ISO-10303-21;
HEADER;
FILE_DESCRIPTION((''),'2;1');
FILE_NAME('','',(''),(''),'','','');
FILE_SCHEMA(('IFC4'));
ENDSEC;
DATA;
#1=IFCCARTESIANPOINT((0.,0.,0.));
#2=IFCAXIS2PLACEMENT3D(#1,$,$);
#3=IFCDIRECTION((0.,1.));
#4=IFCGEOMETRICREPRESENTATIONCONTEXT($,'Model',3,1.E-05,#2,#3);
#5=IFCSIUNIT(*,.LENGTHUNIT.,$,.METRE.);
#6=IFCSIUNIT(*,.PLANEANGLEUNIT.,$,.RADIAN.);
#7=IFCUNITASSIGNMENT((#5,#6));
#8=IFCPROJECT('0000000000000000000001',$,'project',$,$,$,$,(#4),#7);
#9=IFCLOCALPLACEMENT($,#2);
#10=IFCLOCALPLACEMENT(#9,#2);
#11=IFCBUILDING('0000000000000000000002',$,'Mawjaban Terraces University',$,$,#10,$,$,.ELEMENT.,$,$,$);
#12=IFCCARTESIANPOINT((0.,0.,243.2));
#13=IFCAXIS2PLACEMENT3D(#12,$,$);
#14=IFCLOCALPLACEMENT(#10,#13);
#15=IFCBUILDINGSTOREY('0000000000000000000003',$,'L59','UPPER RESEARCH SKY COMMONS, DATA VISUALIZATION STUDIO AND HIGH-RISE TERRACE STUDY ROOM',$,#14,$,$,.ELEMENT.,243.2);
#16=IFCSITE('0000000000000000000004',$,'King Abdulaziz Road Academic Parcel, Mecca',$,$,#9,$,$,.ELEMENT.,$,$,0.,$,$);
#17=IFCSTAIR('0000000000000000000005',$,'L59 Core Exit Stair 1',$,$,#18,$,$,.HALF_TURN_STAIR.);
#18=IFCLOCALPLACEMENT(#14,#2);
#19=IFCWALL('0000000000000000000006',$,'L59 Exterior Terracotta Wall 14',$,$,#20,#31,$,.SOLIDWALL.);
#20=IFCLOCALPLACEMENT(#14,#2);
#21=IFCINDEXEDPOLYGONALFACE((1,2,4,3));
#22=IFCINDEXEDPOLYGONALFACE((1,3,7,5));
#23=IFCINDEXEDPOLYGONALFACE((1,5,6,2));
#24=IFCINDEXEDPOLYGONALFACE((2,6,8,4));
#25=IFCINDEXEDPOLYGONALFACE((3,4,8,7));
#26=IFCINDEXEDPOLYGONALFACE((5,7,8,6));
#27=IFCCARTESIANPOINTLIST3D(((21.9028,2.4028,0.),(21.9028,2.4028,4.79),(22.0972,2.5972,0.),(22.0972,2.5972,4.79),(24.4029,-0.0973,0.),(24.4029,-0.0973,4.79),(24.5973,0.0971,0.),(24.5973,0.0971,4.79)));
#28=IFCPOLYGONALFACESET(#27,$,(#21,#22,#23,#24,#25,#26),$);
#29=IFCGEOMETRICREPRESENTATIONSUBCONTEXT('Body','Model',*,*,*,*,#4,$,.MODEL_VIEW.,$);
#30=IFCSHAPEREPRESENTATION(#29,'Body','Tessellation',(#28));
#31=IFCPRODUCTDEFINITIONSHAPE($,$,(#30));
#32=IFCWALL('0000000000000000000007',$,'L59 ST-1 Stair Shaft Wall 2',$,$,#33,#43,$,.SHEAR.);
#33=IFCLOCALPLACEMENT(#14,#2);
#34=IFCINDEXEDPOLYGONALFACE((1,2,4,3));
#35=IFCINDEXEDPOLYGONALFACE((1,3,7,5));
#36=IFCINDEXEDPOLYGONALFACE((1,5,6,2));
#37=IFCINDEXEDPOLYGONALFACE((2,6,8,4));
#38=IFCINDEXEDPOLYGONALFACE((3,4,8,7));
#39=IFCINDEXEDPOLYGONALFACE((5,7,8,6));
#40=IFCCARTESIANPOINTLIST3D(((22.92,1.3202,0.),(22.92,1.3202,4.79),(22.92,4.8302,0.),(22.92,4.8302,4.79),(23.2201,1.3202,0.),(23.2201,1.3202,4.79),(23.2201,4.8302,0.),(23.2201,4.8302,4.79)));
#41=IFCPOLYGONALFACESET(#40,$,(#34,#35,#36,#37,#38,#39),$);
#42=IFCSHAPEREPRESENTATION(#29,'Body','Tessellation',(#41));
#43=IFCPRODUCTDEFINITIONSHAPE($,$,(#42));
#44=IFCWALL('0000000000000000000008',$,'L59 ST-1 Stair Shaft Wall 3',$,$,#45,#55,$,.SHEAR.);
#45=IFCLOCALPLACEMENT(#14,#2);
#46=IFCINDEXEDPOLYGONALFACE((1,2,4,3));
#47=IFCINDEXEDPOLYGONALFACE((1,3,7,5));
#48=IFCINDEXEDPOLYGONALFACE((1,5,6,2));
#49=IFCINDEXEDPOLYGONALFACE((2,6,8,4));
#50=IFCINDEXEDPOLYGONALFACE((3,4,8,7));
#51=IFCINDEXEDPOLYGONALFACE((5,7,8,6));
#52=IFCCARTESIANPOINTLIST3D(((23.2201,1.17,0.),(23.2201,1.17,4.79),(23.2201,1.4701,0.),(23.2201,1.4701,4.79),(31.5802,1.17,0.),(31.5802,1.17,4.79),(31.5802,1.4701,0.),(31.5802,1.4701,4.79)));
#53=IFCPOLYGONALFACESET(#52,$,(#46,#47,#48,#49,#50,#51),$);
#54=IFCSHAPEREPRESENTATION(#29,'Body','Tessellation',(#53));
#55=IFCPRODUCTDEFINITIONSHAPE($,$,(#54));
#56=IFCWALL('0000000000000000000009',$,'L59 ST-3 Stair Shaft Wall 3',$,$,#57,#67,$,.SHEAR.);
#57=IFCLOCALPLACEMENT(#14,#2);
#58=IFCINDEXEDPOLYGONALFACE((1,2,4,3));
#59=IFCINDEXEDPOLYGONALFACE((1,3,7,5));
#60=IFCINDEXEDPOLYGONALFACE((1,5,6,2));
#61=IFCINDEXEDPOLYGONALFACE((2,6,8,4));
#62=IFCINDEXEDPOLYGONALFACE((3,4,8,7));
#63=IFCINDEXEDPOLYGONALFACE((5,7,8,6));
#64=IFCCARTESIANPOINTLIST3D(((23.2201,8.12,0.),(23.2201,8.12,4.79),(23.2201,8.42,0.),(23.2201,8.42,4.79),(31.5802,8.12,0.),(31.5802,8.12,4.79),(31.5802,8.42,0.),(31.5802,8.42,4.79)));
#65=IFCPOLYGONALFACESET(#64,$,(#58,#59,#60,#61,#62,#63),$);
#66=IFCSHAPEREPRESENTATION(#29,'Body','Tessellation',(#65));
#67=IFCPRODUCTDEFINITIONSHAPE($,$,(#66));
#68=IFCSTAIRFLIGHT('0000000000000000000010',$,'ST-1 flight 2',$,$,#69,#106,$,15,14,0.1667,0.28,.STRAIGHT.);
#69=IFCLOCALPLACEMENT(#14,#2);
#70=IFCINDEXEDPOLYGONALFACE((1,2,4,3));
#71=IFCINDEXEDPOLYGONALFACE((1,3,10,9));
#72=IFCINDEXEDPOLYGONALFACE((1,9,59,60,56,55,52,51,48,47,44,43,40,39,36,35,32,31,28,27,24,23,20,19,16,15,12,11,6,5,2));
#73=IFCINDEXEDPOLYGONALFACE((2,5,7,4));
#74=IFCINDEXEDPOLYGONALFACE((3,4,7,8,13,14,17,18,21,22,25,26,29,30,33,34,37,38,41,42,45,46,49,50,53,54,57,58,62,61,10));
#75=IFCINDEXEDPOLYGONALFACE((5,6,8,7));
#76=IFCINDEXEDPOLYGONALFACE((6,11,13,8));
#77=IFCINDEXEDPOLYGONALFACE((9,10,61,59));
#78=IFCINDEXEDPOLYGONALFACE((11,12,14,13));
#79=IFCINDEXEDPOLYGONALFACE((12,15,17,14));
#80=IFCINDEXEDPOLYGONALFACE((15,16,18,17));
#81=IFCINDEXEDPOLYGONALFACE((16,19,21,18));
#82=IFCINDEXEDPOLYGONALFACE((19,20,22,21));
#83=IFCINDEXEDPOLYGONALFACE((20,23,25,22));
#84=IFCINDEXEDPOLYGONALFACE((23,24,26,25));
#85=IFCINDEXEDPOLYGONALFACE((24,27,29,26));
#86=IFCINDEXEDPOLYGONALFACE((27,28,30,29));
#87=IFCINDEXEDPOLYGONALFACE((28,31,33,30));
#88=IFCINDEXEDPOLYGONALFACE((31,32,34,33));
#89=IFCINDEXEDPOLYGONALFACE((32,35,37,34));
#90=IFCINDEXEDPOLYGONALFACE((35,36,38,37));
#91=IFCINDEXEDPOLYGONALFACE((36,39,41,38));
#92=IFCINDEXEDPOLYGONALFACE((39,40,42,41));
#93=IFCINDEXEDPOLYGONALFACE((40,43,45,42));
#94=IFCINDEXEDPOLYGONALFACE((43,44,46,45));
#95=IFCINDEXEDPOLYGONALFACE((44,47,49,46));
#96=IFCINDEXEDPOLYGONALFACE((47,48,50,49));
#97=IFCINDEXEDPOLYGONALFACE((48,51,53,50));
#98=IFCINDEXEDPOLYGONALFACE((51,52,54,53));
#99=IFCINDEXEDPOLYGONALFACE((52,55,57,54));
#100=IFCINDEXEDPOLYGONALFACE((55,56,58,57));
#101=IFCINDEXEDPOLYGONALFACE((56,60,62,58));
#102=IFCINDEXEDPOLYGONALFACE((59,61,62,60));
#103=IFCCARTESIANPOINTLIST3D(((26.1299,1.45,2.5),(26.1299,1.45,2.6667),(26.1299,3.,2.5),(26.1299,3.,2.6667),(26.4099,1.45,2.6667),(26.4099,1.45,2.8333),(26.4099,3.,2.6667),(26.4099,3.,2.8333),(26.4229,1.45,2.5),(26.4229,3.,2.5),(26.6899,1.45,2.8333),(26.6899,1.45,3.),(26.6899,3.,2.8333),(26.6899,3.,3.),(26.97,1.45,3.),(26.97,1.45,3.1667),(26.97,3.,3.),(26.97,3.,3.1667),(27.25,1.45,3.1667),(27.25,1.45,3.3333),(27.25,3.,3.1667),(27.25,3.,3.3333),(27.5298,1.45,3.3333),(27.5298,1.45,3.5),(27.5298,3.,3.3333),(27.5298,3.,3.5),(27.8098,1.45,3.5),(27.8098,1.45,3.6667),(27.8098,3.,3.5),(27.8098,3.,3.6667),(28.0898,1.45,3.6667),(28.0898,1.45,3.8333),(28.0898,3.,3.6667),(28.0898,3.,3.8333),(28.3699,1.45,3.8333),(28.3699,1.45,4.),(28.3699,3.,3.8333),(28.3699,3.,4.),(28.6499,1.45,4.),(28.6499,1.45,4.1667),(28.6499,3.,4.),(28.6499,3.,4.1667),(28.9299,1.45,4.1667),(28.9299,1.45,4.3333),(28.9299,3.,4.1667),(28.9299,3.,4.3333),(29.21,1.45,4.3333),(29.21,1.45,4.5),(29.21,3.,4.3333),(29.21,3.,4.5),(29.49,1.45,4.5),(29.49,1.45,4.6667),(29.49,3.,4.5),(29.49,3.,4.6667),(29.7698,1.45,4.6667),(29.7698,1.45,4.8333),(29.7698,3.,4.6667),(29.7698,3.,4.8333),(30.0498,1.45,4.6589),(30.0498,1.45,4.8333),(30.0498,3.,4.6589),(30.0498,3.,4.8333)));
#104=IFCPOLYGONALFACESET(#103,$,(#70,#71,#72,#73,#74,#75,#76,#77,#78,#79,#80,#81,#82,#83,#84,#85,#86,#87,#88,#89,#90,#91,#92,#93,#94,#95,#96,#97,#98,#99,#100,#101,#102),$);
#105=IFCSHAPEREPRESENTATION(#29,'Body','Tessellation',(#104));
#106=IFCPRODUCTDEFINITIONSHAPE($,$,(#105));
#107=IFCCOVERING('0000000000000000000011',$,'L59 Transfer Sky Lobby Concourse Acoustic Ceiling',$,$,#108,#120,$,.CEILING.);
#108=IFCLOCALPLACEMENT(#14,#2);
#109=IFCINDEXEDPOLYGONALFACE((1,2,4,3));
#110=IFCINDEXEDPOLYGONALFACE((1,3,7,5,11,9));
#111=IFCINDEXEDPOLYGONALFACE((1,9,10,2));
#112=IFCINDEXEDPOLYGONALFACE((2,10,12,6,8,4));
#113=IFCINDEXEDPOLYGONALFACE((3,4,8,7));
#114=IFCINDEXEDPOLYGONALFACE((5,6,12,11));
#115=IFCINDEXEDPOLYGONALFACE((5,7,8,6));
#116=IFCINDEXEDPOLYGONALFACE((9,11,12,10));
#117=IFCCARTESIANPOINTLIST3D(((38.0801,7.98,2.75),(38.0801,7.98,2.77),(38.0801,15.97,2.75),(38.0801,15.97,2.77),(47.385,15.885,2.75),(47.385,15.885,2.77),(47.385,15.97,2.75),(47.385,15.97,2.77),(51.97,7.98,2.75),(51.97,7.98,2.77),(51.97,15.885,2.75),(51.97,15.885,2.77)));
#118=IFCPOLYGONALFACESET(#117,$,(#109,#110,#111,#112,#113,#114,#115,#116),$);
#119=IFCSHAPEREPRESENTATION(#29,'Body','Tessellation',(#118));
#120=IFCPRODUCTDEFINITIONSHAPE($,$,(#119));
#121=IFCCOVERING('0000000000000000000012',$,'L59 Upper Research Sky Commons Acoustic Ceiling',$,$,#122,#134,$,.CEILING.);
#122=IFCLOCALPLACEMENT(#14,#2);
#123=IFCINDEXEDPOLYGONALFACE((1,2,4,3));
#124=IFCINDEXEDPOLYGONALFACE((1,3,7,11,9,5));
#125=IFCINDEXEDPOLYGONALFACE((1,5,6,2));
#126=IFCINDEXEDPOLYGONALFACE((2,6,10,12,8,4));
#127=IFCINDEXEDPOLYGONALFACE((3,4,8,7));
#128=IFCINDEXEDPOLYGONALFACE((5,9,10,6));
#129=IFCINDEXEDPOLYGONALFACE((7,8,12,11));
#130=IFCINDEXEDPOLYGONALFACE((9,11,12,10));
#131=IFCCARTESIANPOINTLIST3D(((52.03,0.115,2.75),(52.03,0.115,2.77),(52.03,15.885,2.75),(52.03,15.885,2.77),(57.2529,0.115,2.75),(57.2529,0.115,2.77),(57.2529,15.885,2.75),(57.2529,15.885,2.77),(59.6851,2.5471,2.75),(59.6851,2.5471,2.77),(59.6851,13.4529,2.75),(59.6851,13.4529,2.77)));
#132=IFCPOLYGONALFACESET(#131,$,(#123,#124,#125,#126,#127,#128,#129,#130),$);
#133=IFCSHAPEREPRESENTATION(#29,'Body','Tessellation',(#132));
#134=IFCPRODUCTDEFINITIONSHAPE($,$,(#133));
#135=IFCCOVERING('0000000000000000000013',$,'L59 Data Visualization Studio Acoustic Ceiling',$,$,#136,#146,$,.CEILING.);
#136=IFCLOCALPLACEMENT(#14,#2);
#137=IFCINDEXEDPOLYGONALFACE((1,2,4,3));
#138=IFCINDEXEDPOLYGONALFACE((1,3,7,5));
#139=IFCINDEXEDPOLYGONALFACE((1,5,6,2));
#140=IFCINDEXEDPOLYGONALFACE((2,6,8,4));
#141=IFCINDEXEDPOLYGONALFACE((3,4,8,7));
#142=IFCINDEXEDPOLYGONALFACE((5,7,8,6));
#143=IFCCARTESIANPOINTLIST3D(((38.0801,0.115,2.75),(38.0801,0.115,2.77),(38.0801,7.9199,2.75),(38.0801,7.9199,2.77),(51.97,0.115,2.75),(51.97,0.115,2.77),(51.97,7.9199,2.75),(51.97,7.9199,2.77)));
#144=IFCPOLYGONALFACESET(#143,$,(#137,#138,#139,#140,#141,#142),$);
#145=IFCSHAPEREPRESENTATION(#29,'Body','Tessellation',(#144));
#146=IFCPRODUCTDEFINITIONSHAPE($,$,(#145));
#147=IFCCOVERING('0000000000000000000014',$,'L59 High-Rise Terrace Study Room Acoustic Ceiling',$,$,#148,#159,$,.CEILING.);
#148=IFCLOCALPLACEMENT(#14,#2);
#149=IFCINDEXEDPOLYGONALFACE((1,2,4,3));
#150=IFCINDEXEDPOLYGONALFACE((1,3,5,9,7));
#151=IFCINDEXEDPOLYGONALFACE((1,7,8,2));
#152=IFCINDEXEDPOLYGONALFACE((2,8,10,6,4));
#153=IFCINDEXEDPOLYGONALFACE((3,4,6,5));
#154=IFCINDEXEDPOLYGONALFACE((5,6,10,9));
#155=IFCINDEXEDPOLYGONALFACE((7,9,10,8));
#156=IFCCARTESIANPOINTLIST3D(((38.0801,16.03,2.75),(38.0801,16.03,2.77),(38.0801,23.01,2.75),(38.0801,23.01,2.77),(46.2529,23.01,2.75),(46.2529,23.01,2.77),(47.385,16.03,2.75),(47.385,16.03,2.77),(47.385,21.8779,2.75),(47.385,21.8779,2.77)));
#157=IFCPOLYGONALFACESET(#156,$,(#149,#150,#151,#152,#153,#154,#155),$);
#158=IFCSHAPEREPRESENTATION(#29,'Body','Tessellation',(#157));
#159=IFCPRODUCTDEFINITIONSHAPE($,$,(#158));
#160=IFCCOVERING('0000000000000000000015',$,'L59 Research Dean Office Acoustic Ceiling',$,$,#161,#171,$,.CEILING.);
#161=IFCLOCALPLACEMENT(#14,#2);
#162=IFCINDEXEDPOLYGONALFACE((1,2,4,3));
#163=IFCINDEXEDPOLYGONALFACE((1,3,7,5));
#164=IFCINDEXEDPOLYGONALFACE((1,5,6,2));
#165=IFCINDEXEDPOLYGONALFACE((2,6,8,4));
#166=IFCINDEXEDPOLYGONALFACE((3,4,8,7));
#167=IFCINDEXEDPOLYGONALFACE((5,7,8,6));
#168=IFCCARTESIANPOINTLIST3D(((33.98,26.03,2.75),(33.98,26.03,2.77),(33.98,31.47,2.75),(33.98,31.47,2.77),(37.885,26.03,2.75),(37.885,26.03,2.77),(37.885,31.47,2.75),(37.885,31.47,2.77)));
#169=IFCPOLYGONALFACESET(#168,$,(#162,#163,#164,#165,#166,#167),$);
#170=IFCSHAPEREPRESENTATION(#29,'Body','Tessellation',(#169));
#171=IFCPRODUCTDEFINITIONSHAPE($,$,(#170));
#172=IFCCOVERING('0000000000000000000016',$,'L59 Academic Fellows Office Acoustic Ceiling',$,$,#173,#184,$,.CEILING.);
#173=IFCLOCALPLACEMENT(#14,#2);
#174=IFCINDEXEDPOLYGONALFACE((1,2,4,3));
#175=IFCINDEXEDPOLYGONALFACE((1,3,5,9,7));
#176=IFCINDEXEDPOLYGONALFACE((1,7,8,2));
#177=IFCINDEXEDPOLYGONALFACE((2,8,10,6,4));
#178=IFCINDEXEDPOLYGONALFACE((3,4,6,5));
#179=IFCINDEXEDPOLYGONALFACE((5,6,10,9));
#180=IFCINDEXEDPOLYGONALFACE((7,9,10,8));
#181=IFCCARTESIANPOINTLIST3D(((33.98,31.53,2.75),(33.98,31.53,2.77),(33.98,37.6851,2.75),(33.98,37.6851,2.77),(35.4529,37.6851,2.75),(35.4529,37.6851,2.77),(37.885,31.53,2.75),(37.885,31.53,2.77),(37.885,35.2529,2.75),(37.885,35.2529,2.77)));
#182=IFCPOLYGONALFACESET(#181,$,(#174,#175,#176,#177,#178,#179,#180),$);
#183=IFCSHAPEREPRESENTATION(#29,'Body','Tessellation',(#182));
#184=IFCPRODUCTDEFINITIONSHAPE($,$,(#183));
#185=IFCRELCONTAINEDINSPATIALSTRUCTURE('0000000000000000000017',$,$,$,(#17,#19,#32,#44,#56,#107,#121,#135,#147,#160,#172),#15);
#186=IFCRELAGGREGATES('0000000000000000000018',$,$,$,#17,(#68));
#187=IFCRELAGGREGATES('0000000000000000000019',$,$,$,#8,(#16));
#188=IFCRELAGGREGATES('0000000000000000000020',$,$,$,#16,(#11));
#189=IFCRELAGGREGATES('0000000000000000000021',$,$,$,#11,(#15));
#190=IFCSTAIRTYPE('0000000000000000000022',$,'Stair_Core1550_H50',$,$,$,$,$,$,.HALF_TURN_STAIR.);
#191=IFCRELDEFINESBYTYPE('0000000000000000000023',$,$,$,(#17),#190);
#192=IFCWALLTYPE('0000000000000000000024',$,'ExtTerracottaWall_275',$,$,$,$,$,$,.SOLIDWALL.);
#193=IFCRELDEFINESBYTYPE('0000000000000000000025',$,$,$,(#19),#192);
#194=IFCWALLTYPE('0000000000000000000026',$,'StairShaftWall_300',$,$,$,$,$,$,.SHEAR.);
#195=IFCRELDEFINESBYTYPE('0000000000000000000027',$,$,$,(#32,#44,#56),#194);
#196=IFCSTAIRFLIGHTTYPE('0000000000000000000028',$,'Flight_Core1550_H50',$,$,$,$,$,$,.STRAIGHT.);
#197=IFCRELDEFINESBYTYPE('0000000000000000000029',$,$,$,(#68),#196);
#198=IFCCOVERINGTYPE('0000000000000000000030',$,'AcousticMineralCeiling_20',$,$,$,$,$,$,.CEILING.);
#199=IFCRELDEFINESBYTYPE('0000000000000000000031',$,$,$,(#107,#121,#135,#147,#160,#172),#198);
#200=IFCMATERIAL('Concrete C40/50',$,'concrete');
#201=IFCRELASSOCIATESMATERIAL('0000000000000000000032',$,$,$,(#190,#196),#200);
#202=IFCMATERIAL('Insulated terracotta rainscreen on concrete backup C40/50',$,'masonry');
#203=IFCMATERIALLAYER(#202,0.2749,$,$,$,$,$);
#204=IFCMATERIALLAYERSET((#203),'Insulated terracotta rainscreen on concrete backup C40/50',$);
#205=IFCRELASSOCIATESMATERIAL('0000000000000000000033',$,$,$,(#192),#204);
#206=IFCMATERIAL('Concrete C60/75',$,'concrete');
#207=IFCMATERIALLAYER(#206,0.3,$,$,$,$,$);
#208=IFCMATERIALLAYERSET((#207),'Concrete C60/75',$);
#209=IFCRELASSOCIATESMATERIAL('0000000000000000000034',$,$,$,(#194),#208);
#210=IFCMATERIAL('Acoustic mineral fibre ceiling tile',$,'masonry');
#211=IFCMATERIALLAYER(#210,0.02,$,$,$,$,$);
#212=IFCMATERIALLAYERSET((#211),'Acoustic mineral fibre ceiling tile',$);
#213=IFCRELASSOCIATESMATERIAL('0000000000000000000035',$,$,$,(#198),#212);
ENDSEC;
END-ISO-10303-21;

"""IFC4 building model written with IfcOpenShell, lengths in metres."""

from ifc_helpers import new_model, si_unit, direction, frame, frame_2d, origin, place, context, subcontext, project, spatial, polyline, rectangle, outline, extrude, material, layer, layer_set, type_object, element, aggregate, save


model = new_model("IFC4")

# Units and contexts
model_context = context("Model", 3, precision=1e-05, world=origin(), true_north=direction((0.0, 1.0)))
body_context = subcontext(model_context, "Body", "Model", "MODEL_VIEW")
ifc_project = project(units=[si_unit("LENGTHUNIT", "METRE"), si_unit("PLANEANGLEUNIT", "RADIAN")], contexts=[model_context])

# Site, building, storey
site_placement = place(None, origin())
site = spatial("IfcSite", under=ifc_project, at=site_placement, Name="King Abdulaziz Road Academic Parcel, Mecca", CompositionType="ELEMENT", RefElevation=0.0)
building_placement = place(site_placement, origin())
building = spatial("IfcBuilding", under=site, at=building_placement, Name="Mawjaban Terraces University", CompositionType="ELEMENT")
storey_placement = place(building_placement, frame((0.0, 0.0, 243.2)))
storey = spatial("IfcBuildingStorey", under=building, at=storey_placement, Name="L59", Description="UPPER RESEARCH SKY COMMONS, DATA VISUALIZATION STUDIO AND HIGH-RISE TERRACE STUDY ROOM", CompositionType="ELEMENT", Elevation=243.2)

# Shared definitions
ifc_material_1 = material(Name="Concrete C40/50", Category="concrete")

# Stair
stair_type = type_object("IfcStairType", Name="Stair_Core1550_H50", PredefinedType="HALF_TURN_STAIR", material=ifc_material_1)
stair_1_placement = place(storey_placement, origin())
stair_1 = element("IfcStair", 1, at=stair_1_placement, inside=storey, type_object=stair_type, Name="L59 Core Exit Stair 1", PredefinedType="HALF_TURN_STAIR")

# Walls
ifc_material_2 = material(Name="Insulated terracotta rainscreen on concrete backup C40/50", Category="masonry")
ifc_layer_1 = layer(ifc_material_2, 0.2749)
ifc_layer_set_1 = layer_set([ifc_layer_1], Name="Insulated terracotta rainscreen on concrete backup C40/50")
wall_type_1 = type_object("IfcWallType", Name="ExtTerracottaWall_275", PredefinedType="SOLIDWALL", material=ifc_layer_set_1)
wall_1_placement = place(storey_placement, frame((22.0, 2.5, 0.0), z_axis=(0.0, 0.0, 1.0), x_axis=(0.707107, -0.707107, 0.0)))
element("IfcWall", 2, at=wall_1_placement, inside=storey, type_object=wall_type_1, Name="L59 Exterior Terracotta Wall 14", PredefinedType="SOLIDWALL", context=body_context, shape_type="SweptSolid", body=[
    extrude(rectangle(XDim=3.5356, YDim=0.2749, at=frame_2d((1.7678, 0.0))), origin(), (0.0, 0.0, 1.0), 4.79),
])
ifc_material_3 = material(Name="Concrete C60/75", Category="concrete")
ifc_layer_2 = layer(ifc_material_3, 0.3)
ifc_layer_set_2 = layer_set([ifc_layer_2], Name="Concrete C60/75")
wall_type_2 = type_object("IfcWallType", Name="StairShaftWall_300", PredefinedType="SHEAR", material=ifc_layer_set_2)
wall_2_placement = place(storey_placement, frame((23.0701, 4.8301, 0.0), z_axis=(0.0, 0.0, 1.0), x_axis=(0.0, -1.0, 0.0)))
element("IfcWall", 3, at=wall_2_placement, inside=storey, type_object=wall_type_2, Name="L59 ST-1 Stair Shaft Wall 2", PredefinedType="SHEAR", context=body_context, shape_type="SweptSolid", body=[
    extrude(rectangle(XDim=3.51, YDim=0.3, at=frame_2d((1.7549, 0.0))), origin(), (0.0, 0.0, 1.0), 4.79),
])
for number, where, z_axis, x_axis, name in (
    (4, (23.22, 1.3201, 0.0), (0.0, 0.0, 1.0), (1.0, 0.0, 0.0), "L59 ST-1 Stair Shaft Wall 3"),
    (5, (23.22, 8.27, 0.0), (0.0, 0.0, 1.0), (1.0, 0.0, 0.0), "L59 ST-3 Stair Shaft Wall 3"),
):
    element("IfcWall", number, at=place(storey_placement, frame(where, z_axis=z_axis, x_axis=x_axis)), inside=storey, type_object=wall_type_2, Name=name, PredefinedType="SHEAR", context=body_context, shape_type="SweptSolid", body=[
        extrude(rectangle(XDim=8.3601, YDim=0.3, at=frame_2d((4.1802, 0.0))), origin(), (0.0, 0.0, 1.0), 4.79),
    ])

# Stair flight
stair_flight_type = type_object("IfcStairFlightType", Name="Flight_Core1550_H50", PredefinedType="STRAIGHT", material=ifc_material_1)
stair_flight_placement = place(storey_placement, frame((26.1299, 2.2251, 2.5), z_axis=(0.0, 0.0, 1.0), x_axis=(1.0, 0.0, 0.0)))
stair_flight = element("IfcStairFlight", 6, at=stair_flight_placement, type_object=stair_flight_type, Name="ST-1 flight 2", NumberOfRisers=15, NumberOfTreads=14, PredefinedType="STRAIGHT", RiserHeight=0.1667, TreadLength=0.28, context=body_context, shape_type="SweptSolid", body=[
    extrude(outline(polyline([(0.0, 0.0), (0.0, 0.1667), (0.28, 0.1667), (0.28, 0.3333), (0.5601, 0.3333), (0.5601, 0.5), (0.8401, 0.5), (0.8401, 0.6667), (1.1201, 0.6667), (1.1201, 0.8333), (1.3999, 0.8333), (1.3999, 1.0), (1.6799, 1.0), (1.6799, 1.1667), (1.96, 1.1667), (1.96, 1.3333), (2.24, 1.3333), (2.24, 1.5), (2.52, 1.5), (2.52, 1.6667), (2.8, 1.6667), (2.8, 1.8333), (3.0801, 1.8333), (3.0801, 2.0), (3.3601, 2.0), (3.3601, 2.1667), (3.6399, 2.1667), (3.6399, 2.3333), (3.9199, 2.3333), (3.9199, 2.5), (3.9199, 2.1589), (0.293, 0.0), (0.0, 0.0)])), frame((0.0, 0.7749, 0.0), z_axis=(0.0, -1.0, 0.0), x_axis=(1.0, 0.0, 0.0)), (0.0, 0.0, 1.0), 1.55),
])
aggregate(stair_1, [stair_flight])

# Coverings
ifc_material_4 = material(Name="Acoustic mineral fibre ceiling tile", Category="masonry")
ifc_layer_3 = layer(ifc_material_4, 0.02)
ifc_layer_set_3 = layer_set([ifc_layer_3], Name="Acoustic mineral fibre ceiling tile")
covering_type_1 = type_object("IfcCoveringType", Name="AcousticMineralCeiling_20", PredefinedType="CEILING", material=ifc_layer_set_3)
covering_1_placement = place(storey_placement, frame((0.0, 0.0, 2.75)))
element("IfcCovering", 7, at=covering_1_placement, inside=storey, type_object=covering_type_1, Name="L59 Transfer Sky Lobby Concourse Acoustic Ceiling", PredefinedType="CEILING", context=body_context, shape_type="SweptSolid", body=[
    extrude(outline(polyline([(51.97, 15.885), (47.385, 15.885), (47.385, 15.97), (38.0801, 15.97), (38.0801, 7.98), (51.97, 7.98), (51.97, 15.885)])), origin(), (0.0, 0.0, 1.0), 0.02),
])
covering_2_placement = place(storey_placement, frame((0.0, 0.0, 2.75)))
element("IfcCovering", 8, at=covering_2_placement, inside=storey, type_object=covering_type_1, Name="L59 Upper Research Sky Commons Acoustic Ceiling", PredefinedType="CEILING", context=body_context, shape_type="SweptSolid", body=[
    extrude(outline(polyline([(52.03, 0.115), (57.2529, 0.115), (59.6851, 2.5471), (59.6851, 13.4529), (57.2529, 15.885), (52.03, 15.885), (52.03, 0.115)])), origin(), (0.0, 0.0, 1.0), 0.02),
])
covering_3_placement = place(storey_placement, frame((0.0, 0.0, 2.75)))
element("IfcCovering", 9, at=covering_3_placement, inside=storey, type_object=covering_type_1, Name="L59 Data Visualization Studio Acoustic Ceiling", PredefinedType="CEILING", context=body_context, shape_type="SweptSolid", body=[
    extrude(outline(polyline([(38.0801, 0.115), (51.97, 0.115), (51.97, 7.9199), (38.0801, 7.9199), (38.0801, 0.115)])), origin(), (0.0, 0.0, 1.0), 0.02),
])
covering_4_placement = place(storey_placement, frame((0.0, 0.0, 2.75)))
element("IfcCovering", 10, at=covering_4_placement, inside=storey, type_object=covering_type_1, Name="L59 High-Rise Terrace Study Room Acoustic Ceiling", PredefinedType="CEILING", context=body_context, shape_type="SweptSolid", body=[
    extrude(outline(polyline([(47.385, 16.03), (47.385, 21.8779), (46.2529, 23.01), (38.0801, 23.01), (38.0801, 16.03), (47.385, 16.03)])), origin(), (0.0, 0.0, 1.0), 0.02),
])
covering_5_placement = place(storey_placement, frame((0.0, 0.0, 2.75)))
element("IfcCovering", 11, at=covering_5_placement, inside=storey, type_object=covering_type_1, Name="L59 Research Dean Office Acoustic Ceiling", PredefinedType="CEILING", context=body_context, shape_type="SweptSolid", body=[
    extrude(outline(polyline([(37.885, 26.03), (37.885, 31.47), (33.98, 31.47), (33.98, 26.03), (37.885, 26.03)])), origin(), (0.0, 0.0, 1.0), 0.02),
])
covering_6_placement = place(storey_placement, frame((0.0, 0.0, 2.75)))
element("IfcCovering", 12, at=covering_6_placement, inside=storey, type_object=covering_type_1, Name="L59 Academic Fellows Office Acoustic Ceiling", PredefinedType="CEILING", context=body_context, shape_type="SweptSolid", body=[
    extrude(outline(polyline([(37.885, 31.53), (37.885, 35.2529), (35.4529, 37.6851), (33.98, 37.6851), (33.98, 31.53), (37.885, 31.53)])), origin(), (0.0, 0.0, 1.0), 0.02),
])

save(model, "model.ifc")
